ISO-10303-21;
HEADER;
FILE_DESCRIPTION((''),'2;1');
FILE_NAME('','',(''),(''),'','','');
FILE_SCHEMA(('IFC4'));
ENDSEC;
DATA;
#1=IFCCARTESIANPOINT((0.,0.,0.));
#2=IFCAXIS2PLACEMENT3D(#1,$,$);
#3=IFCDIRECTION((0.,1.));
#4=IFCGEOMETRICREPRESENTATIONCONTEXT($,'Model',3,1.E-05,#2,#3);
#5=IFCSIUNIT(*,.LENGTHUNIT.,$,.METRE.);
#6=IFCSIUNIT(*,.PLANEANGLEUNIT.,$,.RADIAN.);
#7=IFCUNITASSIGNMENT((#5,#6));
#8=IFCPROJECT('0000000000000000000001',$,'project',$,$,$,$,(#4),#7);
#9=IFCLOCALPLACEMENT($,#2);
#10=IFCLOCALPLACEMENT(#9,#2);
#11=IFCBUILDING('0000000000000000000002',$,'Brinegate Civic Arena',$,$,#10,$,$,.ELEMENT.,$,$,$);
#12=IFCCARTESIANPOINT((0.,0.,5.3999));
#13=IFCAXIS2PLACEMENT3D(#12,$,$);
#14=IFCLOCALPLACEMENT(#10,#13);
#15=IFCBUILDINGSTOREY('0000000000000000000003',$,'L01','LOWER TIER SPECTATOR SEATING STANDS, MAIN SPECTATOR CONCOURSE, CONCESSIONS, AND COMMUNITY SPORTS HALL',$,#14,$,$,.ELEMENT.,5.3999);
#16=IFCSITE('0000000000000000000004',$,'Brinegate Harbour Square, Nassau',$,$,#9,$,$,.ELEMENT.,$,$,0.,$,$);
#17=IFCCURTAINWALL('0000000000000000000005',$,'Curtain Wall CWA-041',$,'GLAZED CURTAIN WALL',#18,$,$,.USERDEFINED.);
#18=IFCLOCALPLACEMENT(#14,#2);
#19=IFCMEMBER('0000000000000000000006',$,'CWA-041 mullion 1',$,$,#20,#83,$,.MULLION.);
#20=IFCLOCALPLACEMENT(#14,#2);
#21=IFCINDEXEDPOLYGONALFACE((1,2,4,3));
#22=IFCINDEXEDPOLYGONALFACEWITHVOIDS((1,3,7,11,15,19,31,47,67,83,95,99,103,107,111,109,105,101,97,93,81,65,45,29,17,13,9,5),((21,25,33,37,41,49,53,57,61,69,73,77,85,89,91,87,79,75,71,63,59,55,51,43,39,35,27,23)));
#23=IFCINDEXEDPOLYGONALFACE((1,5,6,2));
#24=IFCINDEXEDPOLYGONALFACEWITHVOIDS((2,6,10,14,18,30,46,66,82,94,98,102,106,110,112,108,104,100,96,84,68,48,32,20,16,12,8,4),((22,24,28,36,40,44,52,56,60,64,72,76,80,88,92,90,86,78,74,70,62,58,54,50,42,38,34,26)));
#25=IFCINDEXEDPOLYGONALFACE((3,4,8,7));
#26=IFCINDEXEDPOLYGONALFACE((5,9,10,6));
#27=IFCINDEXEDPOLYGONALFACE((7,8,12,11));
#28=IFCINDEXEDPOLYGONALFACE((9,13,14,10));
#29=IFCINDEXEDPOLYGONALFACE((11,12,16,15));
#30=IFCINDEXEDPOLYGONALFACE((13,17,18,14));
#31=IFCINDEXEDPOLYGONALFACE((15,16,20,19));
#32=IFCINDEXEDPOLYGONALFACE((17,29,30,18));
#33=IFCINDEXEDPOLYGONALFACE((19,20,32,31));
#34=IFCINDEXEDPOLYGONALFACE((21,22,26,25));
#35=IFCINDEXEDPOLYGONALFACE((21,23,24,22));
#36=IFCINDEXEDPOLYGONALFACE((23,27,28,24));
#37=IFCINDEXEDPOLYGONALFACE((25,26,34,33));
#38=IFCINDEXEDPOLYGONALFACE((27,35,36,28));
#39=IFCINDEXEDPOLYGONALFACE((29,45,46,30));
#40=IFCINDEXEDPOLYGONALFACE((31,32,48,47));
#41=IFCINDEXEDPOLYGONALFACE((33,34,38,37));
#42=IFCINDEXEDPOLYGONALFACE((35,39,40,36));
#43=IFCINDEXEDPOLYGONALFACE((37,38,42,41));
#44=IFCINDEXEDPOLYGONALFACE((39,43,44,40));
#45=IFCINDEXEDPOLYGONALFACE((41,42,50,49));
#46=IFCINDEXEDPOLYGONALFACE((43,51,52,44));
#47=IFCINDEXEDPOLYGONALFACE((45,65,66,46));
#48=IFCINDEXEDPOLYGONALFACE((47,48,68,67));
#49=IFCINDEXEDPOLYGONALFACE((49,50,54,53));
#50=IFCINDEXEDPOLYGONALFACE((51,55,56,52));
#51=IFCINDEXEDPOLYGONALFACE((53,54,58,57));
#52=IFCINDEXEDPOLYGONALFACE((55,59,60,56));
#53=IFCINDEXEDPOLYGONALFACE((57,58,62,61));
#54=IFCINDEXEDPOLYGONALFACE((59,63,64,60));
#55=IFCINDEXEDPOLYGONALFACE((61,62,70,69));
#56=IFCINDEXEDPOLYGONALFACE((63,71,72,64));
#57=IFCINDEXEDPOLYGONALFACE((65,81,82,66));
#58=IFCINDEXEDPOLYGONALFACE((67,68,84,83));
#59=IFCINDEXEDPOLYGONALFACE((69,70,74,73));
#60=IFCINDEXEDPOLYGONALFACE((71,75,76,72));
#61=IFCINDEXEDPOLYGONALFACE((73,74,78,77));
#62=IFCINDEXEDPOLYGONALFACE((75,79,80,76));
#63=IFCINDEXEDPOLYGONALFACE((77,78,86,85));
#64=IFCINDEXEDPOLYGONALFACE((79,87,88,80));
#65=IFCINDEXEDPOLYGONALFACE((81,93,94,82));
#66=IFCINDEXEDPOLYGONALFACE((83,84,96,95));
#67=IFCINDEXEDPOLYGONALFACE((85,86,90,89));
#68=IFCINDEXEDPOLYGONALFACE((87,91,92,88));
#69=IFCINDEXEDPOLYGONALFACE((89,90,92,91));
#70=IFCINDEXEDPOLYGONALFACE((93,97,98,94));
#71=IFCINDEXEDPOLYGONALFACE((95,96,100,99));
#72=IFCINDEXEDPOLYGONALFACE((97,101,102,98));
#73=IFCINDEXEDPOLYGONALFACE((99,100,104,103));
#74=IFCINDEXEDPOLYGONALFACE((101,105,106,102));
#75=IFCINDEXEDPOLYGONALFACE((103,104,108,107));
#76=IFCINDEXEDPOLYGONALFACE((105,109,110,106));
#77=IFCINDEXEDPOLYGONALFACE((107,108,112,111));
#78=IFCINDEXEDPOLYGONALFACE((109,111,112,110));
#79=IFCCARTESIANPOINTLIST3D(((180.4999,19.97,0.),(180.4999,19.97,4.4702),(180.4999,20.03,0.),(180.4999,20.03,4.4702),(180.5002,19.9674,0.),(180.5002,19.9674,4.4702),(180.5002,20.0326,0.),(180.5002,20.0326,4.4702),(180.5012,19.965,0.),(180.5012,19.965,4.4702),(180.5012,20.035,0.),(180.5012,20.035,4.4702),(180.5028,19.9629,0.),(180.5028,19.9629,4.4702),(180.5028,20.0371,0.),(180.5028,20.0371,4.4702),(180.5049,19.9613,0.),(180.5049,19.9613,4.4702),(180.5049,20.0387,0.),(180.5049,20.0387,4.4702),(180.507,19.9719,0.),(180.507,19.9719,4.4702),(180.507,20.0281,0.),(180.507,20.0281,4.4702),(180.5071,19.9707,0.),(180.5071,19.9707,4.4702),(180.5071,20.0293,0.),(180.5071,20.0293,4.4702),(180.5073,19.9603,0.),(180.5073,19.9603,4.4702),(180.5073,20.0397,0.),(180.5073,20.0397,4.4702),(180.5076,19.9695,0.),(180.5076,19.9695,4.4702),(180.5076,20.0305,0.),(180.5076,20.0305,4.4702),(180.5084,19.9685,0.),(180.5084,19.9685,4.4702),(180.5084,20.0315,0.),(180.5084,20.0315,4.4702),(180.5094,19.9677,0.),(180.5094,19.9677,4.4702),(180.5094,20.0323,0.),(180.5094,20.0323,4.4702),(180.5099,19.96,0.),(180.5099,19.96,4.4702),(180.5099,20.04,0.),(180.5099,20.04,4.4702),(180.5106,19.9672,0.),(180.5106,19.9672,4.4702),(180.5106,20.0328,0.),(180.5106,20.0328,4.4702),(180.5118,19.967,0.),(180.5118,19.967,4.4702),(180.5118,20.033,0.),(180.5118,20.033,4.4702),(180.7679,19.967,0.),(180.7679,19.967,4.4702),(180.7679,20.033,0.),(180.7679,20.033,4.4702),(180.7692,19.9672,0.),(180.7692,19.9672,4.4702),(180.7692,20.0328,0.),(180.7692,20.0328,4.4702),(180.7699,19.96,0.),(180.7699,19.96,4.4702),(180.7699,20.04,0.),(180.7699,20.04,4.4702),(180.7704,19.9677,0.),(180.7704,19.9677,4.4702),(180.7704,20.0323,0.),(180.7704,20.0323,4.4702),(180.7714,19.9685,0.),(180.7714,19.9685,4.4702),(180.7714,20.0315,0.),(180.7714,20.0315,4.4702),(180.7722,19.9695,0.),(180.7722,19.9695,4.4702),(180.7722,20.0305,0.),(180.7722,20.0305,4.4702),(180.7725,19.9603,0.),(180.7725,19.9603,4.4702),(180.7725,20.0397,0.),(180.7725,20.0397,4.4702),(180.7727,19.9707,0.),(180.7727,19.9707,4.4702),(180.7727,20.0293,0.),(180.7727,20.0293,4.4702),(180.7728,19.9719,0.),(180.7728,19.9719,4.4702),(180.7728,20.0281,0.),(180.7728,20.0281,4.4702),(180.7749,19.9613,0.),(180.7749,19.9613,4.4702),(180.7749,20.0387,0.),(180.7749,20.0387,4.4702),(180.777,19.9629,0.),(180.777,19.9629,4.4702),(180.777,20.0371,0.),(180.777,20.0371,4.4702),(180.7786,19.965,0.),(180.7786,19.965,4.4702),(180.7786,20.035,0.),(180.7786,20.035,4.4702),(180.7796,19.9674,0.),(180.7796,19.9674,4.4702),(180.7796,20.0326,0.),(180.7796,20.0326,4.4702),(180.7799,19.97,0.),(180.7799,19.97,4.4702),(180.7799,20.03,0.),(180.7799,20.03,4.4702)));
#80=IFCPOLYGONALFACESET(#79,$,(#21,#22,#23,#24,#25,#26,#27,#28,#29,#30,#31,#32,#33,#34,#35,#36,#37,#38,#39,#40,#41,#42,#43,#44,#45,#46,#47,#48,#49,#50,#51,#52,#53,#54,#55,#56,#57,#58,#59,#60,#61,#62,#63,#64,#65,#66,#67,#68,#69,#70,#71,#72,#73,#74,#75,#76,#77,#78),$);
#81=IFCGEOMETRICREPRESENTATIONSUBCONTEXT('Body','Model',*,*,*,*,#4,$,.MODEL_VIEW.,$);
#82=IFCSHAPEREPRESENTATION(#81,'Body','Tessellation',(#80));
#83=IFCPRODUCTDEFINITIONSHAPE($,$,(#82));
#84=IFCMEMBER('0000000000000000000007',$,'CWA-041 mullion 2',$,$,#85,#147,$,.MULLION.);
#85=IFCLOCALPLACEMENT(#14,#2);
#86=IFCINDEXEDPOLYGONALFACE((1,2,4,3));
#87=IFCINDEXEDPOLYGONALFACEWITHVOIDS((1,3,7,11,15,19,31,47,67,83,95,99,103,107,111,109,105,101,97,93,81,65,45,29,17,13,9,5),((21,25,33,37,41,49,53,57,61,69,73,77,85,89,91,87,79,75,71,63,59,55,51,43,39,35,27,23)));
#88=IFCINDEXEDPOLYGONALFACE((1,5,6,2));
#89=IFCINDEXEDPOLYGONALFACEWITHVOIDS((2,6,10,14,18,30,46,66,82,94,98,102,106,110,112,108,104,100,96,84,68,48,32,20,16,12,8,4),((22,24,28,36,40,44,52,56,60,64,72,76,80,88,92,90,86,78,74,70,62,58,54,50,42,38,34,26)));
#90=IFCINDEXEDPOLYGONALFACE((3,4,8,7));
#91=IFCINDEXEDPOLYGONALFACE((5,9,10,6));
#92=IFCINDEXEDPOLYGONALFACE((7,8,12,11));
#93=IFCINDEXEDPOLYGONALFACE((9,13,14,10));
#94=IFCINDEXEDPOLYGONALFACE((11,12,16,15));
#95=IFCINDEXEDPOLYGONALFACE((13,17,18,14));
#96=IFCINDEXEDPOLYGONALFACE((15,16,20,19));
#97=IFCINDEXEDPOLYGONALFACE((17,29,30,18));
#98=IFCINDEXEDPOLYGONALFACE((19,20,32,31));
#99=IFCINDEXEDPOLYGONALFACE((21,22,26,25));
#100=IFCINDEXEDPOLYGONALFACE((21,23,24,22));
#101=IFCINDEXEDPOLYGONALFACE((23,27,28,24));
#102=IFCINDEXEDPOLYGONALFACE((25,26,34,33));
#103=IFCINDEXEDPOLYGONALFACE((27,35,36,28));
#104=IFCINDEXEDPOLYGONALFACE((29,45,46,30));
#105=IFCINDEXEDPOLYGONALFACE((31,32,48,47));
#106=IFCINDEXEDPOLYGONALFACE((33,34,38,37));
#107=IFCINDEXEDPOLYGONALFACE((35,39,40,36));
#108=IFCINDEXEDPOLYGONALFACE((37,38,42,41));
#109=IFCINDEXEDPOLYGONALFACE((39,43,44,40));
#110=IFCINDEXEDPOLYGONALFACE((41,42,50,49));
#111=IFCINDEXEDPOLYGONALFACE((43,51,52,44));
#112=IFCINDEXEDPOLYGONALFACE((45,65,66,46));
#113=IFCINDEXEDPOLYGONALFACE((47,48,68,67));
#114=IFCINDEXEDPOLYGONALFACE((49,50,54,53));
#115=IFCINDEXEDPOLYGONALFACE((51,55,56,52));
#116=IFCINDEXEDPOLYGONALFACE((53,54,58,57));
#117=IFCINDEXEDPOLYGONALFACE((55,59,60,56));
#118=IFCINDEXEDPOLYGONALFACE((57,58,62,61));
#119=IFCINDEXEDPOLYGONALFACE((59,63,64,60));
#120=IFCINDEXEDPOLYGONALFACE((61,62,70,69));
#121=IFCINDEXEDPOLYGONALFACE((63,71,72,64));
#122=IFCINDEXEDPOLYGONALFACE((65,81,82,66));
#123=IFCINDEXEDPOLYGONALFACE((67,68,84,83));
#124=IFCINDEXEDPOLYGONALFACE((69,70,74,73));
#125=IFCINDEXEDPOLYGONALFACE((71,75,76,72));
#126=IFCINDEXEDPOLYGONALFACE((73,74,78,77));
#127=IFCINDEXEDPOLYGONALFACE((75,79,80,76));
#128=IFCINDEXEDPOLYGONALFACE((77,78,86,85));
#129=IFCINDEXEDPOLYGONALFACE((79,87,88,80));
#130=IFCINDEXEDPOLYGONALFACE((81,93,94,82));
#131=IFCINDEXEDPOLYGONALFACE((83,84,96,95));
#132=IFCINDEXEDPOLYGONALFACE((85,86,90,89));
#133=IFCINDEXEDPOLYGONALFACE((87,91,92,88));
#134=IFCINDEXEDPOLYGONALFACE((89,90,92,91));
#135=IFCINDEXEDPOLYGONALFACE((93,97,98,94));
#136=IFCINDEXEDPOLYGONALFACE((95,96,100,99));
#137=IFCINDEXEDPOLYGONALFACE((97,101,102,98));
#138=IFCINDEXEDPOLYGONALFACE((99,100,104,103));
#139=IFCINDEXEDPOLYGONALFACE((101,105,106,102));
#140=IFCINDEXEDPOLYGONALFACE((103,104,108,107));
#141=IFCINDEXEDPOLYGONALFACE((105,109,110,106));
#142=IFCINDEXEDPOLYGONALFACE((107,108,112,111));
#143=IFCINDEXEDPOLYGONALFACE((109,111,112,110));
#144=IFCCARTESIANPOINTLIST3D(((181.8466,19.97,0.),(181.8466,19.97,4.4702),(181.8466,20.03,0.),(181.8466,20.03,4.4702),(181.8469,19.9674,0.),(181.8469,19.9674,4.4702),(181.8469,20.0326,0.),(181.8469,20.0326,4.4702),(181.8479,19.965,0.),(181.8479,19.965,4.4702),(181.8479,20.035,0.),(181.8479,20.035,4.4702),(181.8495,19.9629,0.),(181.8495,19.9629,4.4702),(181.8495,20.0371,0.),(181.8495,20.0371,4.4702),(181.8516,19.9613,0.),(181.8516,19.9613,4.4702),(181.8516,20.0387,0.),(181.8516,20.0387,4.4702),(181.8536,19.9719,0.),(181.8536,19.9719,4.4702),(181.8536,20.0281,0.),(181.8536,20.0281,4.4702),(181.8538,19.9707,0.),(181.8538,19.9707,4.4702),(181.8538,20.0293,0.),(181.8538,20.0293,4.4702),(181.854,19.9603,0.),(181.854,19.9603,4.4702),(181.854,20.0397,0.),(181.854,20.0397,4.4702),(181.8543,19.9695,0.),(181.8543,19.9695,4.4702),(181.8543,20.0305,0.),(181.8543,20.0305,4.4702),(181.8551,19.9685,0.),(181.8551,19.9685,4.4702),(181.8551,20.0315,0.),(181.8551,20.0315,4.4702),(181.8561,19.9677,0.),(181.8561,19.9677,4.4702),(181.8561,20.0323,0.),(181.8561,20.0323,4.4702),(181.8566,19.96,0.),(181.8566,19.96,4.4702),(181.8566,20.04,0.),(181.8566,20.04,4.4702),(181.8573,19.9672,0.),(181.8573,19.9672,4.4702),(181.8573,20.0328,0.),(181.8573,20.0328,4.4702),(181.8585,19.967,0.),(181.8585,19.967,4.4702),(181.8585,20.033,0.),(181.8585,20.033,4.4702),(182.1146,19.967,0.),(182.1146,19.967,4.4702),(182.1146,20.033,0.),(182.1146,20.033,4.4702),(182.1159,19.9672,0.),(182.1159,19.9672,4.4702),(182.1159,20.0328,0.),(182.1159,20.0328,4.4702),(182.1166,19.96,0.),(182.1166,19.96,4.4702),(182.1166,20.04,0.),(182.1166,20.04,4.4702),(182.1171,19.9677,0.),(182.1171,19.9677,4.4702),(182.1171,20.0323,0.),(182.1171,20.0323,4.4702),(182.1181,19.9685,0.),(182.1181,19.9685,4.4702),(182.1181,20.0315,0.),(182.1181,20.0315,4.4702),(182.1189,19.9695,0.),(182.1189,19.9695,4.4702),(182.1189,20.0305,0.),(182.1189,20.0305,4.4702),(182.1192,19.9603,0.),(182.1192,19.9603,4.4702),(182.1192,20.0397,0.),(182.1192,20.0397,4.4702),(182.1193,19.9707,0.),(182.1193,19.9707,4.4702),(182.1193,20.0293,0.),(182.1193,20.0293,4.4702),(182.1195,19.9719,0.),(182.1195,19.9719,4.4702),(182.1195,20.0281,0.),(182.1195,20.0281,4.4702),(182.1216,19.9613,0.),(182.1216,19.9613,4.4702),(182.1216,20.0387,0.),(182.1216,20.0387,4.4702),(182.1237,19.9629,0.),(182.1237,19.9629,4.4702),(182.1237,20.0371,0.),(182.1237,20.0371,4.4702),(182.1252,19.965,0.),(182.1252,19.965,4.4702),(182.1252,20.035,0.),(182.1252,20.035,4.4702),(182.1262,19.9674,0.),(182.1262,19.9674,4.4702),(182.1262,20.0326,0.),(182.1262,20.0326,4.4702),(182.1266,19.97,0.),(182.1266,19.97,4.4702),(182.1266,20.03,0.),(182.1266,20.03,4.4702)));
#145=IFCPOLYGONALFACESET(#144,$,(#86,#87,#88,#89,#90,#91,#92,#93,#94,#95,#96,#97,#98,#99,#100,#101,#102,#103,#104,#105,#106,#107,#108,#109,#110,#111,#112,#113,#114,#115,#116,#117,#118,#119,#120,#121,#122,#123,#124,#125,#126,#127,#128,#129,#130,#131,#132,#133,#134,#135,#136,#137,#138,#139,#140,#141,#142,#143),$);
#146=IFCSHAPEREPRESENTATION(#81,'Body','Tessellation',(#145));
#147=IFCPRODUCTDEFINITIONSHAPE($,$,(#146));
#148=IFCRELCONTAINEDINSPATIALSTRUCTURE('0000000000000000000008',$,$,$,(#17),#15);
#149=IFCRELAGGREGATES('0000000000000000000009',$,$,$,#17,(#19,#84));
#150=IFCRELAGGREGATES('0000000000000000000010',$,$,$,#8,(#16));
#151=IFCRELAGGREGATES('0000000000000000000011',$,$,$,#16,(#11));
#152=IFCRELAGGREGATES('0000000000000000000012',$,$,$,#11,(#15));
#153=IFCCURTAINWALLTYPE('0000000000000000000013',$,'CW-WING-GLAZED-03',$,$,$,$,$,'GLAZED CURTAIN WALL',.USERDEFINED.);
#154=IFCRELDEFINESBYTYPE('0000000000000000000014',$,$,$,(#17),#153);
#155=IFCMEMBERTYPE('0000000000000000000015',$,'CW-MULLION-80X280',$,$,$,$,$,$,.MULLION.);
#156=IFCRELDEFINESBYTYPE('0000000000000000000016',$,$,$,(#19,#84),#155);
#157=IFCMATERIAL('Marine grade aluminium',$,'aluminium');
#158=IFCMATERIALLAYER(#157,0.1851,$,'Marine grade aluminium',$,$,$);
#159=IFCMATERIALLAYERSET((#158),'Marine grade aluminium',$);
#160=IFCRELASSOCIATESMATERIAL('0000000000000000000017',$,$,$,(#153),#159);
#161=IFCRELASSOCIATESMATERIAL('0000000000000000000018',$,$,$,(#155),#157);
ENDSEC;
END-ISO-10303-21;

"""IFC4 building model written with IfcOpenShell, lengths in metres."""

from ifc_helpers import new_model, si_unit, direction, frame, origin, origin_2d, place, context, subcontext, project, spatial, hollow_rectangle, extrude, material, layer, layer_set, material_profile, profile_set, type_object, element, aggregate, save


model = new_model("IFC4")

# Units and contexts
model_context = context("Model", 3, precision=1e-05, world=origin(), true_north=direction((0.0, 1.0)))
body_context = subcontext(model_context, "Body", "Model", "MODEL_VIEW")
ifc_project = project(units=[si_unit("LENGTHUNIT", "METRE"), si_unit("PLANEANGLEUNIT", "RADIAN")], contexts=[model_context])

# Site, building, storey
site_placement = place(None, origin())
site = spatial("IfcSite", under=ifc_project, at=site_placement, Name="Brinegate Harbour Square, Nassau", CompositionType="ELEMENT", RefElevation=0.0)
building_placement = place(site_placement, origin())
building = spatial("IfcBuilding", under=site, at=building_placement, Name="Brinegate Civic Arena", CompositionType="ELEMENT")
storey_placement = place(building_placement, frame((0.0, 0.0, 5.3999)))
storey = spatial("IfcBuildingStorey", under=building, at=storey_placement, Name="L01", Description="LOWER TIER SPECTATOR SEATING STANDS, MAIN SPECTATOR CONCOURSE, CONCESSIONS, AND COMMUNITY SPORTS HALL", CompositionType="ELEMENT", Elevation=5.3999)

# Curtain wall, members
ifc_material_1 = material(Name="Marine grade aluminium", Category="aluminium")
ifc_layer_1 = layer(ifc_material_1, 0.1851, Name="Marine grade aluminium")
ifc_layer_set_1 = layer_set([ifc_layer_1], Name="Marine grade aluminium")
curtain_wall_type = type_object("IfcCurtainWallType", Name="CW-WING-GLAZED-03", ElementType="GLAZED CURTAIN WALL", PredefinedType="USERDEFINED", material=ifc_layer_set_1)
curtain_wall_1_placement = place(storey_placement, origin())
curtain_wall_1 = element("IfcCurtainWall", 1, at=curtain_wall_1_placement, inside=storey, type_object=curtain_wall_type, Name="Curtain Wall CWA-041", ObjectType="GLAZED CURTAIN WALL", PredefinedType="USERDEFINED")
ifc_material_profile_1 = material_profile(ifc_material_1, hollow_rectangle(XDim=0.0801, YDim=0.28, WallThickness=0.0071, InnerFilletRadius=0.0049, OuterFilletRadius=0.01, at=origin_2d()), Name="MUL80X280")
ifc_profile_set_1 = profile_set([ifc_material_profile_1], Name="Marine grade aluminium")
member_type_1 = type_object("IfcMemberType", Name="CW-MULLION-80X280", PredefinedType="MULLION", material=ifc_profile_set_1)
member_1_placement = place(storey_placement, frame((180.6399, 20.0, 0.0), z_axis=(0.0, 0.0, 1.0), x_axis=(0.0, 1.0, 0.0)))
member_1 = element("IfcMember", 2, at=member_1_placement, type_object=member_type_1, Name="CWA-041 mullion 1", PredefinedType="MULLION", context=body_context, shape_type="SweptSolid", body=[
    extrude(hollow_rectangle(XDim=0.0801, YDim=0.28, WallThickness=0.0071, InnerFilletRadius=0.0049, OuterFilletRadius=0.01, at=origin_2d()), origin(), (0.0, 0.0, 1.0), 4.4702),
])
member_2_placement = place(storey_placement, frame((181.9866, 20.0, 0.0), z_axis=(0.0, 0.0, 1.0), x_axis=(0.0, 1.0, 0.0)))
member_2 = element("IfcMember", 3, at=member_2_placement, type_object=member_type_1, Name="CWA-041 mullion 2", PredefinedType="MULLION", context=body_context, shape_type="SweptSolid", body=[
    extrude(hollow_rectangle(XDim=0.0801, YDim=0.28, WallThickness=0.0071, InnerFilletRadius=0.0049, OuterFilletRadius=0.01, at=origin_2d()), origin(), (0.0, 0.0, 1.0), 4.4702),
])

aggregate(curtain_wall_1, [member_1, member_2])

save(model, "model.ifc")
